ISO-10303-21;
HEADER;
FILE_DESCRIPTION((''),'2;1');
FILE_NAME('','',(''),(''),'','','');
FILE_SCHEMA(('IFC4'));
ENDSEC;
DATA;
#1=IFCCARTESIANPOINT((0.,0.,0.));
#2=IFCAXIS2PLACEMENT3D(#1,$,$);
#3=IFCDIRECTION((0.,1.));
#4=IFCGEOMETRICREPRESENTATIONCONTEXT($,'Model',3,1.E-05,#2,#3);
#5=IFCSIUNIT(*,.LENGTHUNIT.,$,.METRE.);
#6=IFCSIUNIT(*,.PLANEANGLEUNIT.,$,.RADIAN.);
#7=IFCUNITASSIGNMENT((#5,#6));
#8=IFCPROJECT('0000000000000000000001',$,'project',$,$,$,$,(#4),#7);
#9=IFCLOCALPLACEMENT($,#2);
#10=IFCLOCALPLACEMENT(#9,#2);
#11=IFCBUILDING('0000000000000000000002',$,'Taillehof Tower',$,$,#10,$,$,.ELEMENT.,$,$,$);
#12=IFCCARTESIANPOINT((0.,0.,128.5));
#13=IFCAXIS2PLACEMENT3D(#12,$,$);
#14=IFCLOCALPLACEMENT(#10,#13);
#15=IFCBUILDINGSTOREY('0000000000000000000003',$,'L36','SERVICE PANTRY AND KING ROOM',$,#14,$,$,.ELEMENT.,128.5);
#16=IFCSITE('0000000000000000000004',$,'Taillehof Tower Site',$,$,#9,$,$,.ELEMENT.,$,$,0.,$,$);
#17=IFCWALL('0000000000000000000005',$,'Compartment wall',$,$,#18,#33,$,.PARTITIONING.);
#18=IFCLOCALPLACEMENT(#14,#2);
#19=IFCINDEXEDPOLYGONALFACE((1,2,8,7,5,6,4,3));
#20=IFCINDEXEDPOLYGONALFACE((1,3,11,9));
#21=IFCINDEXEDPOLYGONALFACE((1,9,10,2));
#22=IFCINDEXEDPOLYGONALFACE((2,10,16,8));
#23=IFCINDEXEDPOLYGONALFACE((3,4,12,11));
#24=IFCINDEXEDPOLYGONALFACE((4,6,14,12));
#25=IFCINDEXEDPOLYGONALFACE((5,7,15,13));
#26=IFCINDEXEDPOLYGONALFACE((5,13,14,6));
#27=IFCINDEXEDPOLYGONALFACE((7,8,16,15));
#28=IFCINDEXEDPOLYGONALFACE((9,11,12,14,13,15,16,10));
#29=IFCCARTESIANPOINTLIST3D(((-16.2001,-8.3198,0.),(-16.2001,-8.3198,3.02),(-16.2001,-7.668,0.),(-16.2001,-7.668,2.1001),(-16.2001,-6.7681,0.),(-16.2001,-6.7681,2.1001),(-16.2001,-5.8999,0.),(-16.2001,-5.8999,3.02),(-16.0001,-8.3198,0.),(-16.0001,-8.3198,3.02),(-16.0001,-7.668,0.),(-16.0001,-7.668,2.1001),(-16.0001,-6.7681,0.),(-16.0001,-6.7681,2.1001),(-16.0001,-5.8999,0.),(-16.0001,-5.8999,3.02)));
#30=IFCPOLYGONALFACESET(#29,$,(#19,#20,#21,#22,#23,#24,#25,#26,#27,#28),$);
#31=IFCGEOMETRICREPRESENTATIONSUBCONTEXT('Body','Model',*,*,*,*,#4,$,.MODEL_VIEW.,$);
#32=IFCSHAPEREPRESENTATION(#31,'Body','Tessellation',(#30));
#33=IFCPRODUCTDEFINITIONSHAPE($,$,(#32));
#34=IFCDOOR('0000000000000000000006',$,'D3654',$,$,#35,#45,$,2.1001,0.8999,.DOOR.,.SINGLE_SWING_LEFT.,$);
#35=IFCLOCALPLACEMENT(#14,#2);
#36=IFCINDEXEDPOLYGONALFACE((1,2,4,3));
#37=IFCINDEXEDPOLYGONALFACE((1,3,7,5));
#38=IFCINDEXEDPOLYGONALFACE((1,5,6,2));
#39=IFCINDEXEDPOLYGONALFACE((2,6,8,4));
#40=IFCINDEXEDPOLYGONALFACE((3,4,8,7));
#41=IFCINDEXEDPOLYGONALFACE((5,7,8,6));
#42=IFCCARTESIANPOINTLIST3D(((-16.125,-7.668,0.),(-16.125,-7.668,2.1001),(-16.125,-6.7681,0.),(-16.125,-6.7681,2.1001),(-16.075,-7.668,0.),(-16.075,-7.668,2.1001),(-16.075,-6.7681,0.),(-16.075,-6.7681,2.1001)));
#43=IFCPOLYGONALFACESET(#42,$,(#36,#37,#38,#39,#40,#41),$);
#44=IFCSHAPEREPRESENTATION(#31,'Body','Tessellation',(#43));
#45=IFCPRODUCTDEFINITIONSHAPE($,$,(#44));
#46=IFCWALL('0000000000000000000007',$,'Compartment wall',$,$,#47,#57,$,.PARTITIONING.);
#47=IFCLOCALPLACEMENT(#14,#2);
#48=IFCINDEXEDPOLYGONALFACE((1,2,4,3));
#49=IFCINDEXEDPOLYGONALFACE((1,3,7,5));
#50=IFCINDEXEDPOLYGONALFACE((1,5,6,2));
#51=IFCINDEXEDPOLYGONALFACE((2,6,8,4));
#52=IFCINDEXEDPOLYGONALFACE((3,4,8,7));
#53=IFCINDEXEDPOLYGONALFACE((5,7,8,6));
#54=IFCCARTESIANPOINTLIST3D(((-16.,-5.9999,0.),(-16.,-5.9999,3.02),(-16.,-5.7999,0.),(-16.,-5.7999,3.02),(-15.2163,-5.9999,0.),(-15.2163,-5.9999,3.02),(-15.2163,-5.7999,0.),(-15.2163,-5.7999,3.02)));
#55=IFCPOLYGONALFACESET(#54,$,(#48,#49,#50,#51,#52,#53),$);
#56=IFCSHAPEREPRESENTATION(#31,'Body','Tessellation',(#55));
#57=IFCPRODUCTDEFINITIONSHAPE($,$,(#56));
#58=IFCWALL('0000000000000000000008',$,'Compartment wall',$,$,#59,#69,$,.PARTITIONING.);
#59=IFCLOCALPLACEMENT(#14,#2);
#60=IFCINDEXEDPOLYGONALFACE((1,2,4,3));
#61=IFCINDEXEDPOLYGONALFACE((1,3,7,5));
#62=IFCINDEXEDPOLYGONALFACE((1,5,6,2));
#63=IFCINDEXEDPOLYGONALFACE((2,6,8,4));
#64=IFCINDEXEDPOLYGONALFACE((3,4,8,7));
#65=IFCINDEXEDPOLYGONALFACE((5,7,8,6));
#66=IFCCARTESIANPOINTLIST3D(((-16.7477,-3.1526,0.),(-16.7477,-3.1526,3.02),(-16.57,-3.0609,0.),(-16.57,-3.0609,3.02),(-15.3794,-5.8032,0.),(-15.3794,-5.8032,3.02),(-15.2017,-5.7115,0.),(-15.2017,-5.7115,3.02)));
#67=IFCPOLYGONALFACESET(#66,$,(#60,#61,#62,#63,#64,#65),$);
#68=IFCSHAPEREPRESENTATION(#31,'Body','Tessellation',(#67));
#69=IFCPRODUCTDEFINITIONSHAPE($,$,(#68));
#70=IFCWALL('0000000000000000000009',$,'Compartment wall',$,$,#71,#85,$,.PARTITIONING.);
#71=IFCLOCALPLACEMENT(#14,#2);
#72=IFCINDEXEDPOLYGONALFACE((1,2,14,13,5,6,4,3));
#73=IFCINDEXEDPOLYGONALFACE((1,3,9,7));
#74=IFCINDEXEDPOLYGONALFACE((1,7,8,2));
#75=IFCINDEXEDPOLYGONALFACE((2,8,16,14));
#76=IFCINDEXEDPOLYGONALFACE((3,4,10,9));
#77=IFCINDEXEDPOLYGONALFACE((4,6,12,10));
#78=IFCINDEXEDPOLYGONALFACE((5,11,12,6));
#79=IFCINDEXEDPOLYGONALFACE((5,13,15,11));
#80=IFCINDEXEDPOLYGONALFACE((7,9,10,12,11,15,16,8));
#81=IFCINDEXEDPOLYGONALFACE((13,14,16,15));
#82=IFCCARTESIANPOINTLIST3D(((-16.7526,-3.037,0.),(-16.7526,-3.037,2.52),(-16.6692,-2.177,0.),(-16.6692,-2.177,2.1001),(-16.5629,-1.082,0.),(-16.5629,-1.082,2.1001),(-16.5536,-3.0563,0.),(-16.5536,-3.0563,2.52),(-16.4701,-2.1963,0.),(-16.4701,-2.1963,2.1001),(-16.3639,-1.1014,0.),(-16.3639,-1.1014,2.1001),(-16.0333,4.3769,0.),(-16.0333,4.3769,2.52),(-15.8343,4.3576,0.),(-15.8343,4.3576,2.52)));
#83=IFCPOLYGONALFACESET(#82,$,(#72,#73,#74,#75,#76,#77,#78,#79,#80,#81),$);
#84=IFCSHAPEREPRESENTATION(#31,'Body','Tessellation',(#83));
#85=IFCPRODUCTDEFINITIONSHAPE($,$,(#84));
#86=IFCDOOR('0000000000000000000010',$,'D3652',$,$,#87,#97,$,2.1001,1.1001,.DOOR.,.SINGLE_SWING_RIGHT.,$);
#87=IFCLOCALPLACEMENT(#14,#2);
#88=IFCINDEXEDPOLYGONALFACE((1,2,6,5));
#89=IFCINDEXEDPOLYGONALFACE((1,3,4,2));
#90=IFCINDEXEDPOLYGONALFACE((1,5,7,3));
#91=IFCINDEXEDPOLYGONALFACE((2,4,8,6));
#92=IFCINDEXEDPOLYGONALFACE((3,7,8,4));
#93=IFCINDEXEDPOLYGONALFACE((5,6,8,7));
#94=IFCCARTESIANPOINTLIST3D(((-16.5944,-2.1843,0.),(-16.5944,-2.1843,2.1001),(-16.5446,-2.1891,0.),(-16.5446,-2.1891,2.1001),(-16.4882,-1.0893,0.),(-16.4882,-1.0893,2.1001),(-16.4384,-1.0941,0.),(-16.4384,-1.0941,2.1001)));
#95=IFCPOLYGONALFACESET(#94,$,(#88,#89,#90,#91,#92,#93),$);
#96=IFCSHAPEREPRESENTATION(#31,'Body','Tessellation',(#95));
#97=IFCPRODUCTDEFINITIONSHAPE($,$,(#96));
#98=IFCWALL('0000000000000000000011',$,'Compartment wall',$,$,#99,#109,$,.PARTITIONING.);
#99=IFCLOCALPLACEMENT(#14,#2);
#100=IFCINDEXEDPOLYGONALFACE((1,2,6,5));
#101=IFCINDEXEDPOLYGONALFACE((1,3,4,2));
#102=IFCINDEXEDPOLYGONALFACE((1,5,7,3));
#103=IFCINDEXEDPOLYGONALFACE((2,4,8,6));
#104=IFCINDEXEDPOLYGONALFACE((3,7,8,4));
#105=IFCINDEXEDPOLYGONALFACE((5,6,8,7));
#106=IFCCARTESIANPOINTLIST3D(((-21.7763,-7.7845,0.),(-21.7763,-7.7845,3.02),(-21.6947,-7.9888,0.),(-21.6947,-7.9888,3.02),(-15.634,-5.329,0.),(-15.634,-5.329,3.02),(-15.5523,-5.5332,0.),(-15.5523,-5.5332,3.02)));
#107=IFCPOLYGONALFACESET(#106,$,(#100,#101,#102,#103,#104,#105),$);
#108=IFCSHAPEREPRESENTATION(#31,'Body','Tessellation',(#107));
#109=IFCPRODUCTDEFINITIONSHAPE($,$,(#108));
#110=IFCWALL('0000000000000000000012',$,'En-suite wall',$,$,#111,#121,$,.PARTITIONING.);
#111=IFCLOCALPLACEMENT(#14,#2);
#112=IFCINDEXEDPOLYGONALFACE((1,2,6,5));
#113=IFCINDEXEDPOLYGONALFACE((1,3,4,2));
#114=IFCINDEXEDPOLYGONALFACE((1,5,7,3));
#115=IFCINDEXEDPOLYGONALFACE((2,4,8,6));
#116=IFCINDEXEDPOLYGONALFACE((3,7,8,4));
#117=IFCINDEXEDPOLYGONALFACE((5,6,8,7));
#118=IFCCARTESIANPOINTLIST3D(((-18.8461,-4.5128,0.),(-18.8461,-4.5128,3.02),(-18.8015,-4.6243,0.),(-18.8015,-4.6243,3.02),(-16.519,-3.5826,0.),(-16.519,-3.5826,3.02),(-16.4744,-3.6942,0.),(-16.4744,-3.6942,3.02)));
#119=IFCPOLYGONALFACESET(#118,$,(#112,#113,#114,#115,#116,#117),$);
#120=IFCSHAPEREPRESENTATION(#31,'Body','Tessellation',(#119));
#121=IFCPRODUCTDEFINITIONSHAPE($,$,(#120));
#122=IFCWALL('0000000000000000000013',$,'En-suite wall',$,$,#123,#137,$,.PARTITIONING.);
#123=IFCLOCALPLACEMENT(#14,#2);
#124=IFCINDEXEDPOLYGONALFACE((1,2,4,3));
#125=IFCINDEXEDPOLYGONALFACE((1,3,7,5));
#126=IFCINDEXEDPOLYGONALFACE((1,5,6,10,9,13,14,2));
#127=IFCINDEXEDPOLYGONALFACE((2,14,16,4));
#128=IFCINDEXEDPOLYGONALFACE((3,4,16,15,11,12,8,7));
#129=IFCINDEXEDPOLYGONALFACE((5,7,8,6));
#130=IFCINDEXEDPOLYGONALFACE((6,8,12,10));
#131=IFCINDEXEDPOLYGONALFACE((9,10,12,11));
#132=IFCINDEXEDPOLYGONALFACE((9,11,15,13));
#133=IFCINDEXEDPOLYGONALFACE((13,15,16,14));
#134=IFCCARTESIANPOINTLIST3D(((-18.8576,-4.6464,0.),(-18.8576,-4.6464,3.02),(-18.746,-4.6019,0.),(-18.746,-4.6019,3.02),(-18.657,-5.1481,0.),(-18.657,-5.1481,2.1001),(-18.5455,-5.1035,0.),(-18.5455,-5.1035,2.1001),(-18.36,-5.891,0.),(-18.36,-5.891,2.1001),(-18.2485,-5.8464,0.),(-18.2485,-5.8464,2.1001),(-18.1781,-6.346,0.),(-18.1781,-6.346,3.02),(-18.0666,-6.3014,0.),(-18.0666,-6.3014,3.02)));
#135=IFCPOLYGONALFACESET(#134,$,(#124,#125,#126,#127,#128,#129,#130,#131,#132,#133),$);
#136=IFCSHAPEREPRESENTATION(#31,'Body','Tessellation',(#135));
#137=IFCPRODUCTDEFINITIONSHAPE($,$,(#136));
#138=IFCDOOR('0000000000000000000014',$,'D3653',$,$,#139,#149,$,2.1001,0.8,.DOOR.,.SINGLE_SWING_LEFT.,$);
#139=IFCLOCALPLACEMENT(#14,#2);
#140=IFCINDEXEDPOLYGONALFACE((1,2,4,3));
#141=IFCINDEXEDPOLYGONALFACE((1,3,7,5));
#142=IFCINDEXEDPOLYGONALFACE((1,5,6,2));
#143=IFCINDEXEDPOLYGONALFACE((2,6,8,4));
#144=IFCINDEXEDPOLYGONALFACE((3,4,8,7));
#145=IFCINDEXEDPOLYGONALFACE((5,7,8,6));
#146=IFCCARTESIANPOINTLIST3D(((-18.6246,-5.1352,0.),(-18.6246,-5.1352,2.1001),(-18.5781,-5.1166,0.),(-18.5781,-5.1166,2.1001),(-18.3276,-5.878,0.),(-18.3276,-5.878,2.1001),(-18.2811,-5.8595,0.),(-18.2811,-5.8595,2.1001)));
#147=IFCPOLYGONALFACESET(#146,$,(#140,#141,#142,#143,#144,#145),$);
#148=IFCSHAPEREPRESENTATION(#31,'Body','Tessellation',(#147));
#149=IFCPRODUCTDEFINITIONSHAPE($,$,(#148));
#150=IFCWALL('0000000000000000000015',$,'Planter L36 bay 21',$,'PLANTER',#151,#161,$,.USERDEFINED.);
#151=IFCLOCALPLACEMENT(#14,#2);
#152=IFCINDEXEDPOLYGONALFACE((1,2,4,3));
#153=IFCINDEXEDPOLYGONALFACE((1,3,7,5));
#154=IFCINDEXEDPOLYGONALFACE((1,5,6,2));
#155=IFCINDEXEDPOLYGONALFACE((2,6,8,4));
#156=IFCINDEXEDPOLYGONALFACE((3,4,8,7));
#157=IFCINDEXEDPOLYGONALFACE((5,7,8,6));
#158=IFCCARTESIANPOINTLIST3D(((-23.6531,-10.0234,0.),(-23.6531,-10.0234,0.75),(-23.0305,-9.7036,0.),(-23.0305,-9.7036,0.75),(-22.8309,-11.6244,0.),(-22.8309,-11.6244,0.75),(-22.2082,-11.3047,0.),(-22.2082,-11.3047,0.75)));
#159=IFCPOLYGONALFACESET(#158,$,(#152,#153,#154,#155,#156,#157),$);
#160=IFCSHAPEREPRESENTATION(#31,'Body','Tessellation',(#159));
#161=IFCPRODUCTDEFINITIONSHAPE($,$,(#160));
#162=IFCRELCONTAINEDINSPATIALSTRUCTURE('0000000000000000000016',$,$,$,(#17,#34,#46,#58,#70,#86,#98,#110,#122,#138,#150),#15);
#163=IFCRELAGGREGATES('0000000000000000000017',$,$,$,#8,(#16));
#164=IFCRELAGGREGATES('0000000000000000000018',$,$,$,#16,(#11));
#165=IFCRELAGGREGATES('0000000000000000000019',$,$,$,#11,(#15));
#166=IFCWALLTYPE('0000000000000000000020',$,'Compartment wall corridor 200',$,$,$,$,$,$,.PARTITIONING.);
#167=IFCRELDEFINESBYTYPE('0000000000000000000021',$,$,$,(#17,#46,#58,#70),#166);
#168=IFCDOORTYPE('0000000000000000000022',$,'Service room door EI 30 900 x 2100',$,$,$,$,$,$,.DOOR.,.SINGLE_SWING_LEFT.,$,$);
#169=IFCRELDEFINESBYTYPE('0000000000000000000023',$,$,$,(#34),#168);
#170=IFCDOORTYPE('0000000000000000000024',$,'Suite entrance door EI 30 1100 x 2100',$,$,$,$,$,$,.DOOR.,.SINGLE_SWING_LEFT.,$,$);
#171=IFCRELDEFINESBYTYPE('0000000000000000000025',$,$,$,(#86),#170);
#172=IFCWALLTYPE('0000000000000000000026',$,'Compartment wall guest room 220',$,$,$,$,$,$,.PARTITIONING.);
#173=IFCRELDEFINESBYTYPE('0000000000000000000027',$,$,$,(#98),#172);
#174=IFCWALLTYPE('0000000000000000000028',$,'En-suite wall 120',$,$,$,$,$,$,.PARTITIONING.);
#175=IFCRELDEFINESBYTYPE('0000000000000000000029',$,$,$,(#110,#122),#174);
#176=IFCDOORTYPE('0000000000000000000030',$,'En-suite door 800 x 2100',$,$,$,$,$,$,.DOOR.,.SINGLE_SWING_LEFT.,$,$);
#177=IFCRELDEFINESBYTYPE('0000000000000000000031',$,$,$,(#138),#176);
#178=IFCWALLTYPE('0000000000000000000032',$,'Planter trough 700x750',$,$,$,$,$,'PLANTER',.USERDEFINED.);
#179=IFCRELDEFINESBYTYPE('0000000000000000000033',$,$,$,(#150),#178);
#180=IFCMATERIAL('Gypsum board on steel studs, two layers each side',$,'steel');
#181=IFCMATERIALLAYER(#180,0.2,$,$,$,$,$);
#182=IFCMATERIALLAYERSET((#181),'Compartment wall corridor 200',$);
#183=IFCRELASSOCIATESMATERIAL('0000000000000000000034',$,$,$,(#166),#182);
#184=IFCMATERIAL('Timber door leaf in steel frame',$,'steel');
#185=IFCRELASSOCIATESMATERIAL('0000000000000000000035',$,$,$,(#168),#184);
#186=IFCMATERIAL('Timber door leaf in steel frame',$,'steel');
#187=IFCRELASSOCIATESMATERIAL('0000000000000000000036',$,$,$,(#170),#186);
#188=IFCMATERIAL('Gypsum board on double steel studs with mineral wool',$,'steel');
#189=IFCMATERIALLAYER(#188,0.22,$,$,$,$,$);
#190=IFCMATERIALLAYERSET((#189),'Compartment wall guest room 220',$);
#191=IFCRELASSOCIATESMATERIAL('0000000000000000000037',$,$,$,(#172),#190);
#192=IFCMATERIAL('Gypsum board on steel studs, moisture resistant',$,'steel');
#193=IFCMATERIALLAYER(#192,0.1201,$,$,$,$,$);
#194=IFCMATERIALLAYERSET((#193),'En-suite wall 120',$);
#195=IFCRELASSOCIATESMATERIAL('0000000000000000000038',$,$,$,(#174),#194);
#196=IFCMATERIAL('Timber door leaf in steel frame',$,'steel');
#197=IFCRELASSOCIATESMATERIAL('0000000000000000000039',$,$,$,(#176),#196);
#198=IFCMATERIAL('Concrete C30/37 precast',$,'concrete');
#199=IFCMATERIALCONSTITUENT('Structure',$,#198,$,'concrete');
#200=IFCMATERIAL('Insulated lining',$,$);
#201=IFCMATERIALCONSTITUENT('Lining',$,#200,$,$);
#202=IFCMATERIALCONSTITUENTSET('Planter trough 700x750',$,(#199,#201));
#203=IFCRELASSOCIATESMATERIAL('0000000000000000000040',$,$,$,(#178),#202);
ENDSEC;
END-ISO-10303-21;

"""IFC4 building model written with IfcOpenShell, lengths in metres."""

from ifc_helpers import new_model, si_unit, direction, frame, frame_2d, origin, place, context, subcontext, project, spatial, rectangle, extrude, material, layer, layer_set, constituent, constituent_set, type_object, element, fill, save


model = new_model("IFC4")

# Units and contexts
model_context = context("Model", 3, precision=1e-05, world=origin(), true_north=direction((0.0, 1.0)))
body_context = subcontext(model_context, "Body", "Model", "MODEL_VIEW")
ifc_project = project(units=[si_unit("LENGTHUNIT", "METRE"), si_unit("PLANEANGLEUNIT", "RADIAN")], contexts=[model_context])

# Site, building, storey
site_placement = place(None, origin())
site = spatial("IfcSite", under=ifc_project, at=site_placement, Name="Taillehof Tower Site", CompositionType="ELEMENT", RefElevation=0.0)
building_placement = place(site_placement, origin())
building = spatial("IfcBuilding", under=site, at=building_placement, Name="Taillehof Tower", CompositionType="ELEMENT")
storey_placement = place(building_placement, frame((0.0, 0.0, 128.5)))
storey = spatial("IfcBuildingStorey", under=building, at=storey_placement, Name="L36", Description="SERVICE PANTRY AND KING ROOM", CompositionType="ELEMENT", Elevation=128.5)

# Shared definitions
ifc_material_1 = material(Name="Gypsum board on steel studs, two layers each side", Category="steel")
ifc_layer_1 = layer(ifc_material_1, 0.2)
ifc_layer_set_1 = layer_set([ifc_layer_1], Name="Compartment wall corridor 200")
wall_type_1 = type_object("IfcWallType", Name="Compartment wall corridor 200", PredefinedType="PARTITIONING", material=ifc_layer_set_1)

# Wall, opening, door
wall_1_placement = place(storey_placement, frame((-16.1001, -8.3198, 0.0), z_axis=(0.0, 0.0, 1.0), x_axis=(0.0, 1.0, 0.0)))
wall_1 = element("IfcWall", 1, at=wall_1_placement, inside=storey, type_object=wall_type_1, Name="Compartment wall", PredefinedType="PARTITIONING", context=body_context, shape_type="SweptSolid", body=[
    extrude(rectangle(XDim=2.4199, YDim=0.2, at=frame_2d((1.21, 0.0))), origin(), (0.0, 0.0, 1.0), 3.02),
])
opening_1_placement = place(wall_1_placement, frame((0.6519, 0.0, 0.0)))
opening_1 = element("IfcOpeningElement", 2, at=opening_1_placement, cuts=wall_1, PredefinedType="OPENING", context=body_context, shape_type="SweptSolid", body=[
    extrude(rectangle(XDim=0.8999, YDim=2.1001, at=frame_2d((0.45, 1.05))), frame((0.0, 0.1099, 0.0), z_axis=(0.0, -1.0, 0.0), x_axis=(1.0, 0.0, 0.0)), (0.0, 0.0, 1.0), 0.22),
])
ifc_material_2 = material(Name="Timber door leaf in steel frame", Category="steel")
door_type_1 = type_object("IfcDoorType", Name="Service room door EI 30 900 x 2100", OperationType="SINGLE_SWING_LEFT", PredefinedType="DOOR", material=ifc_material_2)
door_1_placement = place(opening_1_placement, origin())
door_1 = element("IfcDoor", 3, at=door_1_placement, inside=storey, type_object=door_type_1, Name="D3654", OperationType="SINGLE_SWING_LEFT", OverallHeight=2.1001, OverallWidth=0.8999, PredefinedType="DOOR", context=body_context, shape_type="SweptSolid", body=[
    extrude(rectangle(XDim=0.8999, YDim=2.1001, at=frame_2d((0.45, 1.05))), frame((0.0, 0.0249, 0.0), z_axis=(0.0, -1.0, 0.0), x_axis=(1.0, 0.0, 0.0)), (0.0, 0.0, 1.0), 0.05),
])
fill(opening_1, door_1)

# Walls
wall_2_placement = place(storey_placement, frame((-16.0, -5.8999, 0.0), z_axis=(0.0, 0.0, 1.0), x_axis=(1.0, 0.0, 0.0)))
element("IfcWall", 4, at=wall_2_placement, inside=storey, type_object=wall_type_1, Name="Compartment wall", PredefinedType="PARTITIONING", context=body_context, shape_type="SweptSolid", body=[
    extrude(rectangle(XDim=0.7837, YDim=0.2, at=frame_2d((0.3918, 0.0))), origin(), (0.0, 0.0, 1.0), 3.02),
])
wall_3_placement = place(storey_placement, frame((-15.2905, -5.7573, 0.0), z_axis=(0.0, 0.0, 1.0), x_axis=(-0.458733, 0.888574, 0.0)))
element("IfcWall", 5, at=wall_3_placement, inside=storey, type_object=wall_type_1, Name="Compartment wall", PredefinedType="PARTITIONING", context=body_context, shape_type="SweptSolid", body=[
    extrude(rectangle(XDim=2.9829, YDim=0.2, at=frame_2d((1.4915, 0.0))), origin(), (0.0, 0.0, 1.0), 3.02),
])

# Wall, opening, door
wall_4_placement = place(storey_placement, frame((-16.6531, -3.0466, 0.0), z_axis=(0.0, 0.0, 1.0), x_axis=(0.09656, 0.995327, 0.0)))
wall_4 = element("IfcWall", 6, at=wall_4_placement, inside=storey, type_object=wall_type_1, Name="Compartment wall", PredefinedType="PARTITIONING", context=body_context, shape_type="SweptSolid", body=[
    extrude(rectangle(XDim=7.4487, YDim=0.2, at=frame_2d((3.7244, 0.0))), origin(), (0.0, 0.0, 1.0), 2.52),
])
opening_2_placement = place(wall_4_placement, frame((0.864, 0.0, 0.0)))
opening_2 = element("IfcOpeningElement", 7, at=opening_2_placement, cuts=wall_4, PredefinedType="OPENING", context=body_context, shape_type="SweptSolid", body=[
    extrude(rectangle(XDim=1.1001, YDim=2.1001, at=frame_2d((0.55, 1.05))), frame((0.0, 0.1099, 0.0), z_axis=(0.0, -1.0, 0.0), x_axis=(1.0, 0.0, 0.0)), (0.0, 0.0, 1.0), 0.22),
])
ifc_material_3 = material(Name="Timber door leaf in steel frame", Category="steel")
door_type_2 = type_object("IfcDoorType", Name="Suite entrance door EI 30 1100 x 2100", OperationType="SINGLE_SWING_LEFT", PredefinedType="DOOR", material=ifc_material_3)
door_2_placement = place(opening_2_placement, origin())
door_2 = element("IfcDoor", 8, at=door_2_placement, inside=storey, type_object=door_type_2, Name="D3652", OperationType="SINGLE_SWING_RIGHT", OverallHeight=2.1001, OverallWidth=1.1001, PredefinedType="DOOR", context=body_context, shape_type="SweptSolid", body=[
    extrude(rectangle(XDim=1.1001, YDim=2.1001, at=frame_2d((0.55, 1.05))), frame((0.0, 0.0249, 0.0), z_axis=(0.0, -1.0, 0.0), x_axis=(1.0, 0.0, 0.0)), (0.0, 0.0, 1.0), 0.05),
])
fill(opening_2, door_2)

# Walls
ifc_material_4 = material(Name="Gypsum board on double steel studs with mineral wool", Category="steel")
ifc_layer_2 = layer(ifc_material_4, 0.22)
ifc_layer_set_2 = layer_set([ifc_layer_2], Name="Compartment wall guest room 220")
wall_type_2 = type_object("IfcWallType", Name="Compartment wall guest room 220", PredefinedType="PARTITIONING", material=ifc_layer_set_2)
wall_5_placement = place(storey_placement, frame((-21.7356, -7.8867, 0.0), z_axis=(0.0, 0.0, 1.0), x_axis=(0.928548, 0.371212, 0.0)))
element("IfcWall", 9, at=wall_5_placement, inside=storey, type_object=wall_type_2, Name="Compartment wall", PredefinedType="PARTITIONING", context=body_context, shape_type="SweptSolid", body=[
    extrude(rectangle(XDim=6.615, YDim=0.22, at=frame_2d((3.3076, 0.0))), origin(), (0.0, 0.0, 1.0), 3.02),
])
ifc_material_5 = material(Name="Gypsum board on steel studs, moisture resistant", Category="steel")
ifc_layer_3 = layer(ifc_material_5, 0.1201)
ifc_layer_set_3 = layer_set([ifc_layer_3], Name="En-suite wall 120")
wall_type_3 = type_object("IfcWallType", Name="En-suite wall 120", PredefinedType="PARTITIONING", material=ifc_layer_set_3)
wall_6_placement = place(storey_placement, frame((-16.4968, -3.6384, 0.0), z_axis=(0.0, 0.0, 1.0), x_axis=(-0.928571, -0.371156, 0.0)))
element("IfcWall", 10, at=wall_6_placement, inside=storey, type_object=wall_type_3, Name="En-suite wall", PredefinedType="PARTITIONING", context=body_context, shape_type="SweptSolid", body=[
    extrude(rectangle(XDim=2.5061, YDim=0.1201, at=frame_2d((1.2529, 0.0))), origin(), (0.0, 0.0, 1.0), 3.02),
])

# Wall, opening, door
wall_7_placement = place(storey_placement, frame((-18.8018, -4.6243, 0.0), z_axis=(0.0, 0.0, 1.0), x_axis=(0.37123, -0.928541, 0.0)))
wall_7 = element("IfcWall", 11, at=wall_7_placement, inside=storey, type_object=wall_type_3, Name="En-suite wall", PredefinedType="PARTITIONING", context=body_context, shape_type="SweptSolid", body=[
    extrude(rectangle(XDim=1.8303, YDim=0.1201, at=frame_2d((0.915, 0.0))), origin(), (0.0, 0.0, 1.0), 3.02),
])
opening_3_placement = place(wall_7_placement, frame((0.5403, 0.0, 0.0)))
opening_3 = element("IfcOpeningElement", 12, at=opening_3_placement, cuts=wall_7, PredefinedType="OPENING", context=body_context, shape_type="SweptSolid", body=[
    extrude(rectangle(XDim=0.8, YDim=2.1001, at=frame_2d((0.3999, 1.05))), frame((0.0, 0.0701, 0.0), z_axis=(0.0, -1.0, 0.0), x_axis=(1.0, 0.0, 0.0)), (0.0, 0.0, 1.0), 0.1401),
])
ifc_material_6 = material(Name="Timber door leaf in steel frame", Category="steel")
door_type_3 = type_object("IfcDoorType", Name="En-suite door 800 x 2100", OperationType="SINGLE_SWING_LEFT", PredefinedType="DOOR", material=ifc_material_6)
door_3_placement = place(opening_3_placement, origin())
door_3 = element("IfcDoor", 13, at=door_3_placement, inside=storey, type_object=door_type_3, Name="D3653", OperationType="SINGLE_SWING_LEFT", OverallHeight=2.1001, OverallWidth=0.8, PredefinedType="DOOR", context=body_context, shape_type="SweptSolid", body=[
    extrude(rectangle(XDim=0.8, YDim=2.1001, at=frame_2d((0.3999, 1.05))), frame((0.0, 0.0249, 0.0), z_axis=(0.0, -1.0, 0.0), x_axis=(1.0, 0.0, 0.0)), (0.0, 0.0, 1.0), 0.05),
])
fill(opening_3, door_3)

# Wall
ifc_material_7 = material(Name="Concrete C30/37 precast", Category="concrete")
ifc_constituent_1 = constituent(ifc_material_7, Name="Structure", Category="concrete")
ifc_material_8 = material(Name="Insulated lining")
ifc_constituent_2 = constituent(ifc_material_8, Name="Lining")
ifc_constituent_set = constituent_set(constituents=[ifc_constituent_1, ifc_constituent_2], Name="Planter trough 700x750")
wall_type_4 = type_object("IfcWallType", Name="Planter trough 700x750", ElementType="PLANTER", PredefinedType="USERDEFINED", material=ifc_constituent_set)
wall_8_placement = place(storey_placement, frame((-23.3418, -9.8635, 0.0), z_axis=(0.0, 0.0, 1.0), x_axis=(0.456845, -0.889546, 0.0)))
element("IfcWall", 14, at=wall_8_placement, inside=storey, type_object=wall_type_4, Name="Planter L36 bay 21", ObjectType="PLANTER", PredefinedType="USERDEFINED", context=body_context, shape_type="SweptSolid", body=[
    extrude(rectangle(XDim=1.7998, YDim=0.7, at=frame_2d((0.8999, 0.0))), origin(), (0.0, 0.0, 1.0), 0.75),
])

save(model, "model.ifc")
